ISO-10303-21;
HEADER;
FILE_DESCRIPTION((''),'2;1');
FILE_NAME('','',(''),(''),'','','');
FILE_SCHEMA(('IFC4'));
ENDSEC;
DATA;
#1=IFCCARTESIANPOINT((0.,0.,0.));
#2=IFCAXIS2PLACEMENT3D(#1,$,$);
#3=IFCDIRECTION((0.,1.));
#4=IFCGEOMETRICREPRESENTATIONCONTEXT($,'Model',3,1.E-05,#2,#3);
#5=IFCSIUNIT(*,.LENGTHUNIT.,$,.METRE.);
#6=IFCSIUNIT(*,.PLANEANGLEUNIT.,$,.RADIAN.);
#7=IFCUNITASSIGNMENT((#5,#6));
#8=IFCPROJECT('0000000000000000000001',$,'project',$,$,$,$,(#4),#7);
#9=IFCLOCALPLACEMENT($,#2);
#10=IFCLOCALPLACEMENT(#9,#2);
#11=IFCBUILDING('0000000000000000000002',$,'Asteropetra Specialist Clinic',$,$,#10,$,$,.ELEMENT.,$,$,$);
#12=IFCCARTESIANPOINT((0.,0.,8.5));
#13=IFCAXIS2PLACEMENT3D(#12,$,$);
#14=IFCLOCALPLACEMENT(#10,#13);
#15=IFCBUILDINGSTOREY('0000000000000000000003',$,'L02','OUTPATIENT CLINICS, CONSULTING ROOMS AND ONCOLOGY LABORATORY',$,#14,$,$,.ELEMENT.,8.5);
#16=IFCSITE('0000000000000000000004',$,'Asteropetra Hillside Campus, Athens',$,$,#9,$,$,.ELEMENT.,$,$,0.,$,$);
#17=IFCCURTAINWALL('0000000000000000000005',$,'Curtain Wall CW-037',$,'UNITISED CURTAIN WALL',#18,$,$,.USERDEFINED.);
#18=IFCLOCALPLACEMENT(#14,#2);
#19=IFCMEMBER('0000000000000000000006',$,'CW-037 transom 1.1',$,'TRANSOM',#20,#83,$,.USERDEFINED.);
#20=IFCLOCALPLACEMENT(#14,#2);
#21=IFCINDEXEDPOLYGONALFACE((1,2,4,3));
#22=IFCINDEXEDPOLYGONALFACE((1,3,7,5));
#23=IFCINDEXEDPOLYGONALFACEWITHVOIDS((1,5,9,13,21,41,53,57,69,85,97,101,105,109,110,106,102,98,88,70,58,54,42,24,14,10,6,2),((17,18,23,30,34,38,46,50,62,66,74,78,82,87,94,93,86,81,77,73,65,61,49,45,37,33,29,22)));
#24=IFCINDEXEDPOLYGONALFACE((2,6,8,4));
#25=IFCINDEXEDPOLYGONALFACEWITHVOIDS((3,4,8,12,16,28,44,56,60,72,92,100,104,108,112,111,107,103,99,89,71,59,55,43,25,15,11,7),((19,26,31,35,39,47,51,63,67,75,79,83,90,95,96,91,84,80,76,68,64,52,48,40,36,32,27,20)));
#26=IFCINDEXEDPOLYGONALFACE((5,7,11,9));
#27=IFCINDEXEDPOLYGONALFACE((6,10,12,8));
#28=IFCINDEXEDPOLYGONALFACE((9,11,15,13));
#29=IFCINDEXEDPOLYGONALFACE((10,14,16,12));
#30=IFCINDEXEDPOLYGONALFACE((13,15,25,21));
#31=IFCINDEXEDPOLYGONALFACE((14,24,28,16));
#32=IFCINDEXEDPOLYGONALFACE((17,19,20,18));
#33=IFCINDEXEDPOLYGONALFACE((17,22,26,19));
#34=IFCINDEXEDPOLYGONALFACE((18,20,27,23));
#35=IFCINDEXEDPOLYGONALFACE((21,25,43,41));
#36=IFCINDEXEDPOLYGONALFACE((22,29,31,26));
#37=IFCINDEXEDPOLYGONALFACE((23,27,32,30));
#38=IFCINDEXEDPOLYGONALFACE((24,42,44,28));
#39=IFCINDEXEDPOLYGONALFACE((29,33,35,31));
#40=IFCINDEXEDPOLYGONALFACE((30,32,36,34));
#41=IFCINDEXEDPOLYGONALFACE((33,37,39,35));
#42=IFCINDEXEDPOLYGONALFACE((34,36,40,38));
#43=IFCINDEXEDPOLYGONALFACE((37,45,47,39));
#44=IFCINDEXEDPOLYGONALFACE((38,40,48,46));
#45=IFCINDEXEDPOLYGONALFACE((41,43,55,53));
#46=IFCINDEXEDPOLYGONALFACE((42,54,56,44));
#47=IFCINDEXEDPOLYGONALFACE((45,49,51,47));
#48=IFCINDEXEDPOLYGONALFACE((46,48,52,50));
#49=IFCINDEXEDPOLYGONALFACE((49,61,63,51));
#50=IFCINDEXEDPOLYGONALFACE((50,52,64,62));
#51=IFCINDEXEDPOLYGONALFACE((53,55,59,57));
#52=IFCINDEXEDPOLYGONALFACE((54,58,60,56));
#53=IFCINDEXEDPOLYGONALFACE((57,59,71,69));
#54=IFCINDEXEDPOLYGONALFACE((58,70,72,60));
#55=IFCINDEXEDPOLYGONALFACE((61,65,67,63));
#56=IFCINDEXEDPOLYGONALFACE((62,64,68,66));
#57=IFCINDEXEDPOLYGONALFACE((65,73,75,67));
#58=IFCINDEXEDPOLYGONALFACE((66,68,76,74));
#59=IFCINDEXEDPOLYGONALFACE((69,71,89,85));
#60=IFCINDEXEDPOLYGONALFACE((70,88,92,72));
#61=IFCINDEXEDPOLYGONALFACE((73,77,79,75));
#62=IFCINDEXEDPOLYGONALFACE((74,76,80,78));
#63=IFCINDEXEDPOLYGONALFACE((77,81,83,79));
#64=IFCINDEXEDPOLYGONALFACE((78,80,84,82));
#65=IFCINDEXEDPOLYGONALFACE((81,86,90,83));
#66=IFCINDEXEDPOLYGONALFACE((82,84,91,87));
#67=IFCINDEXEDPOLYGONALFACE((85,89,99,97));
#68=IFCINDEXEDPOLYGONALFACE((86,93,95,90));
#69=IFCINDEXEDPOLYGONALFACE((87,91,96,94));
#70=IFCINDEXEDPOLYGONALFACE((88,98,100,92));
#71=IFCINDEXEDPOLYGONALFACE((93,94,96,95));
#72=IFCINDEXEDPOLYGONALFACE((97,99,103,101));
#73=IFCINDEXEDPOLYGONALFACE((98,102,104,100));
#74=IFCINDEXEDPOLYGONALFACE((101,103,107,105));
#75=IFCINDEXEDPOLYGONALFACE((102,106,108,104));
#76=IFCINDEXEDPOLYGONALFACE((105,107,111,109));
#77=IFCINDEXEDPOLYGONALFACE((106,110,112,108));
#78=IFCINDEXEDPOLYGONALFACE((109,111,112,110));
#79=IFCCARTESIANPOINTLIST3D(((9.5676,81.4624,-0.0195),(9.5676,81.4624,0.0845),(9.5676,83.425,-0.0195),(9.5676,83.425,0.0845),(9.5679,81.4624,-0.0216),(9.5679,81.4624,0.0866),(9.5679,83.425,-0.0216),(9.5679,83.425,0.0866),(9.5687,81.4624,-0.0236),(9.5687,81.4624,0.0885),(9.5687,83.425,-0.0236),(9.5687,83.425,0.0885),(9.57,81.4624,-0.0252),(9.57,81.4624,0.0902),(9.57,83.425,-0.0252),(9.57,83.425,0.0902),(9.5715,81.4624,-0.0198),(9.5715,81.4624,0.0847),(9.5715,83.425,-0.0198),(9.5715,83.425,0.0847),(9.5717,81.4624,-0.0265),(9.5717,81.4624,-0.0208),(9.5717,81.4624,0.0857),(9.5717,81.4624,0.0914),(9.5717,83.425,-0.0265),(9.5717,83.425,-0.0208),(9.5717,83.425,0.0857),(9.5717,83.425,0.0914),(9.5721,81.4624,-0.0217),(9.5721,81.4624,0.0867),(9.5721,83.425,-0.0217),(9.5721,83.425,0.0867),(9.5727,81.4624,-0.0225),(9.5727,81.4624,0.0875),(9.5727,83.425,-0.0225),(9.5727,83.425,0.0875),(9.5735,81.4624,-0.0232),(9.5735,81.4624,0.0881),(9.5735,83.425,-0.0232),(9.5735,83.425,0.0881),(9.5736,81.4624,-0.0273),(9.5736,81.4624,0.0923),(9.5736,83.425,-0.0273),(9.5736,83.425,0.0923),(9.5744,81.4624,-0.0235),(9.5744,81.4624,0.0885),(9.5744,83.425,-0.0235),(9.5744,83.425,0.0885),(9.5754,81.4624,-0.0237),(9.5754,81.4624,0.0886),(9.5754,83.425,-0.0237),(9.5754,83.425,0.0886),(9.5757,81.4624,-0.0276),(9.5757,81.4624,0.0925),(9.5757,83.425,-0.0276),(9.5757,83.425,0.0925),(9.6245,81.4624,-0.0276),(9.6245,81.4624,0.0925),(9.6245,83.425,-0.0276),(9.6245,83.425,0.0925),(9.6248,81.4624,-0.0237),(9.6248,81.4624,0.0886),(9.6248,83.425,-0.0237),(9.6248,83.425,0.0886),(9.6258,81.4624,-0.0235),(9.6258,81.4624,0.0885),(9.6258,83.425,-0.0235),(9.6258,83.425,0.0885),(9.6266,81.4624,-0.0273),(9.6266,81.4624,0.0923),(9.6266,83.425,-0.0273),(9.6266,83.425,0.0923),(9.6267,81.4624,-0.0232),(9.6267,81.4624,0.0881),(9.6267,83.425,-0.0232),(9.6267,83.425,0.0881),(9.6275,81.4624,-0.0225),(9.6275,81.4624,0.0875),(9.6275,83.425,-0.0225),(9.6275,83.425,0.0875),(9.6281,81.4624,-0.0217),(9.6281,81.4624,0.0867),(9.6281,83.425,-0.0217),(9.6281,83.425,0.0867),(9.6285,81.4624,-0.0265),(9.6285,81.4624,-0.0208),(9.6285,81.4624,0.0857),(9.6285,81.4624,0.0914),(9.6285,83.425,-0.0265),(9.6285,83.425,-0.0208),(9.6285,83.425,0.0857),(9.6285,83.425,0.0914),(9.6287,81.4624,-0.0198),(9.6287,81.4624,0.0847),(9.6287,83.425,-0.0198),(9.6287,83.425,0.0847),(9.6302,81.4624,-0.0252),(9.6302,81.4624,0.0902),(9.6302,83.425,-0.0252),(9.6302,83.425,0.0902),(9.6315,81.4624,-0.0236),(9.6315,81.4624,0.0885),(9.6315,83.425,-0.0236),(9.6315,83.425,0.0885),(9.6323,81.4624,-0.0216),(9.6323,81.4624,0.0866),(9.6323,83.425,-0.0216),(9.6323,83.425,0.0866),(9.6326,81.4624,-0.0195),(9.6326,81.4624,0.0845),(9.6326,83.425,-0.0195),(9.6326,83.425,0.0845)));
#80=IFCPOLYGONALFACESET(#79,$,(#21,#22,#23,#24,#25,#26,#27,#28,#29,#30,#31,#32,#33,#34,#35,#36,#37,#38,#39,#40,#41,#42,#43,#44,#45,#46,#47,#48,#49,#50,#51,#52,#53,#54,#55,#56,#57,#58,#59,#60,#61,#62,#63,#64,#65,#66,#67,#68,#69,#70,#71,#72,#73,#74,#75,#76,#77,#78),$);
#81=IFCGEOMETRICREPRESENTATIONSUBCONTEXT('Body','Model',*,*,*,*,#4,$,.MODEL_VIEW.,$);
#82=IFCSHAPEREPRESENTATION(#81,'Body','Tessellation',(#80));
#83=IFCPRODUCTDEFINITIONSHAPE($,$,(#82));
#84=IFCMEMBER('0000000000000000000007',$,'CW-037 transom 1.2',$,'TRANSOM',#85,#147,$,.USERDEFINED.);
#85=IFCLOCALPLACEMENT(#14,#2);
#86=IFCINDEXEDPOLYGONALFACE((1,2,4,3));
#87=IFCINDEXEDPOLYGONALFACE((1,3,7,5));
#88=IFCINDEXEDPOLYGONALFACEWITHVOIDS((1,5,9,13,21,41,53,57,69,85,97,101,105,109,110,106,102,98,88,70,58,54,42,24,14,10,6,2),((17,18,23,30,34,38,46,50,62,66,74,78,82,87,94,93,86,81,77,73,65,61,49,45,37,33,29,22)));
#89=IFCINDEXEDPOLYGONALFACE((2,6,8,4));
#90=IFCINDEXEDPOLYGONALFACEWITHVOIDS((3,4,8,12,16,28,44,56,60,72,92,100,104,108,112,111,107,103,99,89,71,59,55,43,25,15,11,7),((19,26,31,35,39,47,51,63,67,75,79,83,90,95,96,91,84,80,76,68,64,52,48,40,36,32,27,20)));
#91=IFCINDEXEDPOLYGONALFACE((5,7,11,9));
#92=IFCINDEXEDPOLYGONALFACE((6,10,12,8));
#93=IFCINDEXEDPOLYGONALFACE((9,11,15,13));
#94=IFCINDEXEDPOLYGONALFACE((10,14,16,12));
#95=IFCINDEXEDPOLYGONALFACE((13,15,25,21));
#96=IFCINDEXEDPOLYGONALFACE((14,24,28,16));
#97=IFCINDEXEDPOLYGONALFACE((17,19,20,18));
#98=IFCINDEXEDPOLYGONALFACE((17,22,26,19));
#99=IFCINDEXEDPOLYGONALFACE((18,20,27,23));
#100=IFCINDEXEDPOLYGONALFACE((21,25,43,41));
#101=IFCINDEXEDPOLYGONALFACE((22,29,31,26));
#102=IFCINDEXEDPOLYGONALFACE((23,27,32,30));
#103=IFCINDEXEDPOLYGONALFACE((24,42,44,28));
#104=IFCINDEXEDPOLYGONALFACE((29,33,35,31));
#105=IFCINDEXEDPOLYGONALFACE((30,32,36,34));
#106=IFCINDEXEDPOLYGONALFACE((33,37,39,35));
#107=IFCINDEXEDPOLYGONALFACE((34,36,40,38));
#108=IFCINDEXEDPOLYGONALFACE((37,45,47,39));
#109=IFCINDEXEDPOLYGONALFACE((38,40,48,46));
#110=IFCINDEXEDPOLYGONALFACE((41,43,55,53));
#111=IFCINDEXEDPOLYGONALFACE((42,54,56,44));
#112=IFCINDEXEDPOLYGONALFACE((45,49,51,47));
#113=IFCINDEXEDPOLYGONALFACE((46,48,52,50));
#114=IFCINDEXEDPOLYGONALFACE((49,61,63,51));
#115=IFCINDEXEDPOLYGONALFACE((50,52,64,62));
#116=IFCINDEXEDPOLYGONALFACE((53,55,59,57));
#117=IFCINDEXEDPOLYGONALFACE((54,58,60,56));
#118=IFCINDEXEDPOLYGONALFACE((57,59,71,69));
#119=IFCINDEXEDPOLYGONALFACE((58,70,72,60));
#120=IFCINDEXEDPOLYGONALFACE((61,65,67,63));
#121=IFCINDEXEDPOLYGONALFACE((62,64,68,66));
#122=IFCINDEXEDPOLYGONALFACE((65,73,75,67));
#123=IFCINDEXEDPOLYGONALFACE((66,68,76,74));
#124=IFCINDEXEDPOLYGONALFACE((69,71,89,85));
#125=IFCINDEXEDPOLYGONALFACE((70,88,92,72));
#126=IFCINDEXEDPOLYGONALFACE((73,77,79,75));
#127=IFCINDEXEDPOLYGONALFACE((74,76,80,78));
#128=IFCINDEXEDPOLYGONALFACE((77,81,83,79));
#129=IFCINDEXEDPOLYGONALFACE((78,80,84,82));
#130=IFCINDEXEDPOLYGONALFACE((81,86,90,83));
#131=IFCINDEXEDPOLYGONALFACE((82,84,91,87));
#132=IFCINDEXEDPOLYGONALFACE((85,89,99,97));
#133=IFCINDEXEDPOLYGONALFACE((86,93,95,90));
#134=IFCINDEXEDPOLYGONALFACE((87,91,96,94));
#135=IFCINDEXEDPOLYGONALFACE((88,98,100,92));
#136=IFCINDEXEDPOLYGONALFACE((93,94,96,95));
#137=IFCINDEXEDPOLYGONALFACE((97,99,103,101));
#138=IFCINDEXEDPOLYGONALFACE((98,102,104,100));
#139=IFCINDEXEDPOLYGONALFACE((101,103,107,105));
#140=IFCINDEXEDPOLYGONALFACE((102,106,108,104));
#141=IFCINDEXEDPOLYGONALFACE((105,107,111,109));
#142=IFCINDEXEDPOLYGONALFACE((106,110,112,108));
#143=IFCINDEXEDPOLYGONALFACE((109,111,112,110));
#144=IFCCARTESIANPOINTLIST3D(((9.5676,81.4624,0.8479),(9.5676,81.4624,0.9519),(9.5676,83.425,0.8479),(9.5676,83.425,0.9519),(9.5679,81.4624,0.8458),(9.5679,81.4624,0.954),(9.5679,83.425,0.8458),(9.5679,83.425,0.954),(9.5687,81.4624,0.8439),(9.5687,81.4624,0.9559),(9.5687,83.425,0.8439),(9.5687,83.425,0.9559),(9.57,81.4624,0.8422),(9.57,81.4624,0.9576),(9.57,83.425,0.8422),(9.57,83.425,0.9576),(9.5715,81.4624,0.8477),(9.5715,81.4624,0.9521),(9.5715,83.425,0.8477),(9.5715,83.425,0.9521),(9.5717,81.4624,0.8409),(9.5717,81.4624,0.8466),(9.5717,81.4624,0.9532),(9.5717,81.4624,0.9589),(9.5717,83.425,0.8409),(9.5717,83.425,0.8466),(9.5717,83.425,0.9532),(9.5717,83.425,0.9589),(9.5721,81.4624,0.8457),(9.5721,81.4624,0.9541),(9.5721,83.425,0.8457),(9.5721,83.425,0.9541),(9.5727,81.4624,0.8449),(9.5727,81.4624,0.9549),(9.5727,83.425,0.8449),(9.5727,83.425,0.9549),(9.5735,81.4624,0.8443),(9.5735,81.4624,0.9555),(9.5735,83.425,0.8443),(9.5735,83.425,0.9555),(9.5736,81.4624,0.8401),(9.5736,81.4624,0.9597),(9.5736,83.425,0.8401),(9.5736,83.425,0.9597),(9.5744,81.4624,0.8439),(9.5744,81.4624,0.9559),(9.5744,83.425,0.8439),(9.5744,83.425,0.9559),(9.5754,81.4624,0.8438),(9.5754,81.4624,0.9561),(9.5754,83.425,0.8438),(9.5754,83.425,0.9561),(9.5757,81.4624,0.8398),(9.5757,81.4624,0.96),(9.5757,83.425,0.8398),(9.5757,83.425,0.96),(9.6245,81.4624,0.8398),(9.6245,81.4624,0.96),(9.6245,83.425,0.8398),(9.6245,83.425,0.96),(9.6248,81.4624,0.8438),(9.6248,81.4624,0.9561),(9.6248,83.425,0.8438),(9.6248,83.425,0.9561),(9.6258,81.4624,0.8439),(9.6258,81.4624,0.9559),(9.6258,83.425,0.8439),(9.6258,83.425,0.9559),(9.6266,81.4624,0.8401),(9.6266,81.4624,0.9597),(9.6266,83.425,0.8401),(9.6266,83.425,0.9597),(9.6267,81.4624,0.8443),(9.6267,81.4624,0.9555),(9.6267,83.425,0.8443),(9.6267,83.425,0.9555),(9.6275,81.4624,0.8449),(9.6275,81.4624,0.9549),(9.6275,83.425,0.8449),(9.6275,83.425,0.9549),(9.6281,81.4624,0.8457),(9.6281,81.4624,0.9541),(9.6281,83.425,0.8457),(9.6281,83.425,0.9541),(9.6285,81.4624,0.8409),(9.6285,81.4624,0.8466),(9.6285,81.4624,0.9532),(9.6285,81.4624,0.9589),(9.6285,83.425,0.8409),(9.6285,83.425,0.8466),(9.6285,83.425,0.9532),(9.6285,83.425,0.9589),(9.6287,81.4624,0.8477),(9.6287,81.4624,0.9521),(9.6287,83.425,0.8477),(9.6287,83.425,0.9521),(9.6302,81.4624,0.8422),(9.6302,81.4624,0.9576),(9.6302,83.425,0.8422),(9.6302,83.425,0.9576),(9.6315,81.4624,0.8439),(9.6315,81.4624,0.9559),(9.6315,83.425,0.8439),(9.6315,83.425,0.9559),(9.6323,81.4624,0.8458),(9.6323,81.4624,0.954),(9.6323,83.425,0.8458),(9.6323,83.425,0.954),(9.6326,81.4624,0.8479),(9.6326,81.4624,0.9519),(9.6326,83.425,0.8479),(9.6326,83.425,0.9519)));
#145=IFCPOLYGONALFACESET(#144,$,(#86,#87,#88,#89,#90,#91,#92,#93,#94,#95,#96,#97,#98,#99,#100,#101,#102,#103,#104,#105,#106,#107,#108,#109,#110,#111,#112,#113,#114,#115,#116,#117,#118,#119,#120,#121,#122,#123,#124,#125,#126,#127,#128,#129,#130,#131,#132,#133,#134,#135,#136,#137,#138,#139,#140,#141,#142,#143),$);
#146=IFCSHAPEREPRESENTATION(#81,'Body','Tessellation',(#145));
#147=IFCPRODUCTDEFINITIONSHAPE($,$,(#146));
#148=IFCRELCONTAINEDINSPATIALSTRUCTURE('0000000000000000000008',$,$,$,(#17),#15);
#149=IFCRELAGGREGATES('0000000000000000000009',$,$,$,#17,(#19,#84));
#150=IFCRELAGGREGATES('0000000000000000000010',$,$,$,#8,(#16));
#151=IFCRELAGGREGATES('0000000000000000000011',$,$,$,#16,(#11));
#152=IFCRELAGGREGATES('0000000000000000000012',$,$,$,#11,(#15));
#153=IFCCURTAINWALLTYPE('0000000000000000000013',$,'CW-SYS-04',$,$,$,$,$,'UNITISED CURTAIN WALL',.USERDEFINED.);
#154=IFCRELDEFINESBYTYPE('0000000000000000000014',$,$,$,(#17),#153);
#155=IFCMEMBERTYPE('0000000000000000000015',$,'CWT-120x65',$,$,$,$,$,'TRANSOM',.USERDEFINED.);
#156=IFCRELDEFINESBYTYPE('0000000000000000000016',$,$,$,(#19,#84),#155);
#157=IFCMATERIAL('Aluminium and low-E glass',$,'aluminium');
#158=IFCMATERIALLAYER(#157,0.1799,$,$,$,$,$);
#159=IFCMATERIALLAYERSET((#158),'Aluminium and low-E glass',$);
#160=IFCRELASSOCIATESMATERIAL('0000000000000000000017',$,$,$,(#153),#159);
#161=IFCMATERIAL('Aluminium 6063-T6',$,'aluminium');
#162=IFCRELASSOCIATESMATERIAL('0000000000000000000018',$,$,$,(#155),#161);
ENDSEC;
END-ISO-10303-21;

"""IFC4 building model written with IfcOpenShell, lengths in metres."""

from ifc_helpers import new_model, si_unit, direction, frame, origin, origin_2d, place, context, subcontext, project, spatial, hollow_rectangle, extrude, material, layer, layer_set, material_profile, profile_set, type_object, element, aggregate, save


model = new_model("IFC4")

# Units and contexts
model_context = context("Model", 3, precision=1e-05, world=origin(), true_north=direction((0.0, 1.0)))
body_context = subcontext(model_context, "Body", "Model", "MODEL_VIEW")
ifc_project = project(units=[si_unit("LENGTHUNIT", "METRE"), si_unit("PLANEANGLEUNIT", "RADIAN")], contexts=[model_context])

# Site, building, storey
site_placement = place(None, origin())
site = spatial("IfcSite", under=ifc_project, at=site_placement, Name="Asteropetra Hillside Campus, Athens", CompositionType="ELEMENT", RefElevation=0.0)
building_placement = place(site_placement, origin())
building = spatial("IfcBuilding", under=site, at=building_placement, Name="Asteropetra Specialist Clinic", CompositionType="ELEMENT")
storey_placement = place(building_placement, frame((0.0, 0.0, 8.5)))
storey = spatial("IfcBuildingStorey", under=building, at=storey_placement, Name="L02", Description="OUTPATIENT CLINICS, CONSULTING ROOMS AND ONCOLOGY LABORATORY", CompositionType="ELEMENT", Elevation=8.5)

# Curtain wall
ifc_material_1 = material(Name="Aluminium and low-E glass", Category="aluminium")
ifc_layer_1 = layer(ifc_material_1, 0.1799)
ifc_layer_set_1 = layer_set([ifc_layer_1], Name="Aluminium and low-E glass")
curtain_wall_type_1 = type_object("IfcCurtainWallType", Name="CW-SYS-04", ElementType="UNITISED CURTAIN WALL", PredefinedType="USERDEFINED", material=ifc_layer_set_1)
curtain_wall_1_placement = place(storey_placement, origin())
curtain_wall_1 = element("IfcCurtainWall", 1, at=curtain_wall_1_placement, inside=storey, type_object=curtain_wall_type_1, Name="Curtain Wall CW-037", ObjectType="UNITISED CURTAIN WALL", PredefinedType="USERDEFINED")

# Members
ifc_material_2 = material(Name="Aluminium 6063-T6", Category="aluminium")
ifc_material_profile_1 = material_profile(ifc_material_2, hollow_rectangle(XDim=0.0649, YDim=0.1201, WallThickness=0.0039, InnerFilletRadius=0.0039, OuterFilletRadius=0.0081, at=origin_2d()), Name="TRN 120x65x4.0")
ifc_profile_set_1 = profile_set([ifc_material_profile_1], Name="Aluminium 6063-T6")
member_type_1 = type_object("IfcMemberType", Name="CWT-120x65", ElementType="TRANSOM", PredefinedType="USERDEFINED", material=ifc_profile_set_1)
member_1_placement = place(storey_placement, frame((9.6001, 83.425, 0.0325), z_axis=(0.0, -1.0, 0.0), x_axis=(1.0, 0.0, 0.0)))
member_1 = element("IfcMember", 2, at=member_1_placement, type_object=member_type_1, Name="CW-037 transom 1.1", ObjectType="TRANSOM", PredefinedType="USERDEFINED", context=body_context, shape_type="SweptSolid", body=[
    extrude(hollow_rectangle(XDim=0.0649, YDim=0.1201, WallThickness=0.0039, InnerFilletRadius=0.0039, OuterFilletRadius=0.0081, at=origin_2d()), origin(), (0.0, 0.0, 1.0), 1.9626),
])
member_2_placement = place(storey_placement, frame((9.6001, 83.425, 0.8999), z_axis=(0.0, -1.0, 0.0), x_axis=(1.0, 0.0, 0.0)))
member_2 = element("IfcMember", 3, at=member_2_placement, type_object=member_type_1, Name="CW-037 transom 1.2", ObjectType="TRANSOM", PredefinedType="USERDEFINED", context=body_context, shape_type="SweptSolid", body=[
    extrude(hollow_rectangle(XDim=0.0649, YDim=0.1201, WallThickness=0.0039, InnerFilletRadius=0.0039, OuterFilletRadius=0.0081, at=origin_2d()), origin(), (0.0, 0.0, 1.0), 1.9626),
])

aggregate(curtain_wall_1, [member_1, member_2])

save(model, "model.ifc")
